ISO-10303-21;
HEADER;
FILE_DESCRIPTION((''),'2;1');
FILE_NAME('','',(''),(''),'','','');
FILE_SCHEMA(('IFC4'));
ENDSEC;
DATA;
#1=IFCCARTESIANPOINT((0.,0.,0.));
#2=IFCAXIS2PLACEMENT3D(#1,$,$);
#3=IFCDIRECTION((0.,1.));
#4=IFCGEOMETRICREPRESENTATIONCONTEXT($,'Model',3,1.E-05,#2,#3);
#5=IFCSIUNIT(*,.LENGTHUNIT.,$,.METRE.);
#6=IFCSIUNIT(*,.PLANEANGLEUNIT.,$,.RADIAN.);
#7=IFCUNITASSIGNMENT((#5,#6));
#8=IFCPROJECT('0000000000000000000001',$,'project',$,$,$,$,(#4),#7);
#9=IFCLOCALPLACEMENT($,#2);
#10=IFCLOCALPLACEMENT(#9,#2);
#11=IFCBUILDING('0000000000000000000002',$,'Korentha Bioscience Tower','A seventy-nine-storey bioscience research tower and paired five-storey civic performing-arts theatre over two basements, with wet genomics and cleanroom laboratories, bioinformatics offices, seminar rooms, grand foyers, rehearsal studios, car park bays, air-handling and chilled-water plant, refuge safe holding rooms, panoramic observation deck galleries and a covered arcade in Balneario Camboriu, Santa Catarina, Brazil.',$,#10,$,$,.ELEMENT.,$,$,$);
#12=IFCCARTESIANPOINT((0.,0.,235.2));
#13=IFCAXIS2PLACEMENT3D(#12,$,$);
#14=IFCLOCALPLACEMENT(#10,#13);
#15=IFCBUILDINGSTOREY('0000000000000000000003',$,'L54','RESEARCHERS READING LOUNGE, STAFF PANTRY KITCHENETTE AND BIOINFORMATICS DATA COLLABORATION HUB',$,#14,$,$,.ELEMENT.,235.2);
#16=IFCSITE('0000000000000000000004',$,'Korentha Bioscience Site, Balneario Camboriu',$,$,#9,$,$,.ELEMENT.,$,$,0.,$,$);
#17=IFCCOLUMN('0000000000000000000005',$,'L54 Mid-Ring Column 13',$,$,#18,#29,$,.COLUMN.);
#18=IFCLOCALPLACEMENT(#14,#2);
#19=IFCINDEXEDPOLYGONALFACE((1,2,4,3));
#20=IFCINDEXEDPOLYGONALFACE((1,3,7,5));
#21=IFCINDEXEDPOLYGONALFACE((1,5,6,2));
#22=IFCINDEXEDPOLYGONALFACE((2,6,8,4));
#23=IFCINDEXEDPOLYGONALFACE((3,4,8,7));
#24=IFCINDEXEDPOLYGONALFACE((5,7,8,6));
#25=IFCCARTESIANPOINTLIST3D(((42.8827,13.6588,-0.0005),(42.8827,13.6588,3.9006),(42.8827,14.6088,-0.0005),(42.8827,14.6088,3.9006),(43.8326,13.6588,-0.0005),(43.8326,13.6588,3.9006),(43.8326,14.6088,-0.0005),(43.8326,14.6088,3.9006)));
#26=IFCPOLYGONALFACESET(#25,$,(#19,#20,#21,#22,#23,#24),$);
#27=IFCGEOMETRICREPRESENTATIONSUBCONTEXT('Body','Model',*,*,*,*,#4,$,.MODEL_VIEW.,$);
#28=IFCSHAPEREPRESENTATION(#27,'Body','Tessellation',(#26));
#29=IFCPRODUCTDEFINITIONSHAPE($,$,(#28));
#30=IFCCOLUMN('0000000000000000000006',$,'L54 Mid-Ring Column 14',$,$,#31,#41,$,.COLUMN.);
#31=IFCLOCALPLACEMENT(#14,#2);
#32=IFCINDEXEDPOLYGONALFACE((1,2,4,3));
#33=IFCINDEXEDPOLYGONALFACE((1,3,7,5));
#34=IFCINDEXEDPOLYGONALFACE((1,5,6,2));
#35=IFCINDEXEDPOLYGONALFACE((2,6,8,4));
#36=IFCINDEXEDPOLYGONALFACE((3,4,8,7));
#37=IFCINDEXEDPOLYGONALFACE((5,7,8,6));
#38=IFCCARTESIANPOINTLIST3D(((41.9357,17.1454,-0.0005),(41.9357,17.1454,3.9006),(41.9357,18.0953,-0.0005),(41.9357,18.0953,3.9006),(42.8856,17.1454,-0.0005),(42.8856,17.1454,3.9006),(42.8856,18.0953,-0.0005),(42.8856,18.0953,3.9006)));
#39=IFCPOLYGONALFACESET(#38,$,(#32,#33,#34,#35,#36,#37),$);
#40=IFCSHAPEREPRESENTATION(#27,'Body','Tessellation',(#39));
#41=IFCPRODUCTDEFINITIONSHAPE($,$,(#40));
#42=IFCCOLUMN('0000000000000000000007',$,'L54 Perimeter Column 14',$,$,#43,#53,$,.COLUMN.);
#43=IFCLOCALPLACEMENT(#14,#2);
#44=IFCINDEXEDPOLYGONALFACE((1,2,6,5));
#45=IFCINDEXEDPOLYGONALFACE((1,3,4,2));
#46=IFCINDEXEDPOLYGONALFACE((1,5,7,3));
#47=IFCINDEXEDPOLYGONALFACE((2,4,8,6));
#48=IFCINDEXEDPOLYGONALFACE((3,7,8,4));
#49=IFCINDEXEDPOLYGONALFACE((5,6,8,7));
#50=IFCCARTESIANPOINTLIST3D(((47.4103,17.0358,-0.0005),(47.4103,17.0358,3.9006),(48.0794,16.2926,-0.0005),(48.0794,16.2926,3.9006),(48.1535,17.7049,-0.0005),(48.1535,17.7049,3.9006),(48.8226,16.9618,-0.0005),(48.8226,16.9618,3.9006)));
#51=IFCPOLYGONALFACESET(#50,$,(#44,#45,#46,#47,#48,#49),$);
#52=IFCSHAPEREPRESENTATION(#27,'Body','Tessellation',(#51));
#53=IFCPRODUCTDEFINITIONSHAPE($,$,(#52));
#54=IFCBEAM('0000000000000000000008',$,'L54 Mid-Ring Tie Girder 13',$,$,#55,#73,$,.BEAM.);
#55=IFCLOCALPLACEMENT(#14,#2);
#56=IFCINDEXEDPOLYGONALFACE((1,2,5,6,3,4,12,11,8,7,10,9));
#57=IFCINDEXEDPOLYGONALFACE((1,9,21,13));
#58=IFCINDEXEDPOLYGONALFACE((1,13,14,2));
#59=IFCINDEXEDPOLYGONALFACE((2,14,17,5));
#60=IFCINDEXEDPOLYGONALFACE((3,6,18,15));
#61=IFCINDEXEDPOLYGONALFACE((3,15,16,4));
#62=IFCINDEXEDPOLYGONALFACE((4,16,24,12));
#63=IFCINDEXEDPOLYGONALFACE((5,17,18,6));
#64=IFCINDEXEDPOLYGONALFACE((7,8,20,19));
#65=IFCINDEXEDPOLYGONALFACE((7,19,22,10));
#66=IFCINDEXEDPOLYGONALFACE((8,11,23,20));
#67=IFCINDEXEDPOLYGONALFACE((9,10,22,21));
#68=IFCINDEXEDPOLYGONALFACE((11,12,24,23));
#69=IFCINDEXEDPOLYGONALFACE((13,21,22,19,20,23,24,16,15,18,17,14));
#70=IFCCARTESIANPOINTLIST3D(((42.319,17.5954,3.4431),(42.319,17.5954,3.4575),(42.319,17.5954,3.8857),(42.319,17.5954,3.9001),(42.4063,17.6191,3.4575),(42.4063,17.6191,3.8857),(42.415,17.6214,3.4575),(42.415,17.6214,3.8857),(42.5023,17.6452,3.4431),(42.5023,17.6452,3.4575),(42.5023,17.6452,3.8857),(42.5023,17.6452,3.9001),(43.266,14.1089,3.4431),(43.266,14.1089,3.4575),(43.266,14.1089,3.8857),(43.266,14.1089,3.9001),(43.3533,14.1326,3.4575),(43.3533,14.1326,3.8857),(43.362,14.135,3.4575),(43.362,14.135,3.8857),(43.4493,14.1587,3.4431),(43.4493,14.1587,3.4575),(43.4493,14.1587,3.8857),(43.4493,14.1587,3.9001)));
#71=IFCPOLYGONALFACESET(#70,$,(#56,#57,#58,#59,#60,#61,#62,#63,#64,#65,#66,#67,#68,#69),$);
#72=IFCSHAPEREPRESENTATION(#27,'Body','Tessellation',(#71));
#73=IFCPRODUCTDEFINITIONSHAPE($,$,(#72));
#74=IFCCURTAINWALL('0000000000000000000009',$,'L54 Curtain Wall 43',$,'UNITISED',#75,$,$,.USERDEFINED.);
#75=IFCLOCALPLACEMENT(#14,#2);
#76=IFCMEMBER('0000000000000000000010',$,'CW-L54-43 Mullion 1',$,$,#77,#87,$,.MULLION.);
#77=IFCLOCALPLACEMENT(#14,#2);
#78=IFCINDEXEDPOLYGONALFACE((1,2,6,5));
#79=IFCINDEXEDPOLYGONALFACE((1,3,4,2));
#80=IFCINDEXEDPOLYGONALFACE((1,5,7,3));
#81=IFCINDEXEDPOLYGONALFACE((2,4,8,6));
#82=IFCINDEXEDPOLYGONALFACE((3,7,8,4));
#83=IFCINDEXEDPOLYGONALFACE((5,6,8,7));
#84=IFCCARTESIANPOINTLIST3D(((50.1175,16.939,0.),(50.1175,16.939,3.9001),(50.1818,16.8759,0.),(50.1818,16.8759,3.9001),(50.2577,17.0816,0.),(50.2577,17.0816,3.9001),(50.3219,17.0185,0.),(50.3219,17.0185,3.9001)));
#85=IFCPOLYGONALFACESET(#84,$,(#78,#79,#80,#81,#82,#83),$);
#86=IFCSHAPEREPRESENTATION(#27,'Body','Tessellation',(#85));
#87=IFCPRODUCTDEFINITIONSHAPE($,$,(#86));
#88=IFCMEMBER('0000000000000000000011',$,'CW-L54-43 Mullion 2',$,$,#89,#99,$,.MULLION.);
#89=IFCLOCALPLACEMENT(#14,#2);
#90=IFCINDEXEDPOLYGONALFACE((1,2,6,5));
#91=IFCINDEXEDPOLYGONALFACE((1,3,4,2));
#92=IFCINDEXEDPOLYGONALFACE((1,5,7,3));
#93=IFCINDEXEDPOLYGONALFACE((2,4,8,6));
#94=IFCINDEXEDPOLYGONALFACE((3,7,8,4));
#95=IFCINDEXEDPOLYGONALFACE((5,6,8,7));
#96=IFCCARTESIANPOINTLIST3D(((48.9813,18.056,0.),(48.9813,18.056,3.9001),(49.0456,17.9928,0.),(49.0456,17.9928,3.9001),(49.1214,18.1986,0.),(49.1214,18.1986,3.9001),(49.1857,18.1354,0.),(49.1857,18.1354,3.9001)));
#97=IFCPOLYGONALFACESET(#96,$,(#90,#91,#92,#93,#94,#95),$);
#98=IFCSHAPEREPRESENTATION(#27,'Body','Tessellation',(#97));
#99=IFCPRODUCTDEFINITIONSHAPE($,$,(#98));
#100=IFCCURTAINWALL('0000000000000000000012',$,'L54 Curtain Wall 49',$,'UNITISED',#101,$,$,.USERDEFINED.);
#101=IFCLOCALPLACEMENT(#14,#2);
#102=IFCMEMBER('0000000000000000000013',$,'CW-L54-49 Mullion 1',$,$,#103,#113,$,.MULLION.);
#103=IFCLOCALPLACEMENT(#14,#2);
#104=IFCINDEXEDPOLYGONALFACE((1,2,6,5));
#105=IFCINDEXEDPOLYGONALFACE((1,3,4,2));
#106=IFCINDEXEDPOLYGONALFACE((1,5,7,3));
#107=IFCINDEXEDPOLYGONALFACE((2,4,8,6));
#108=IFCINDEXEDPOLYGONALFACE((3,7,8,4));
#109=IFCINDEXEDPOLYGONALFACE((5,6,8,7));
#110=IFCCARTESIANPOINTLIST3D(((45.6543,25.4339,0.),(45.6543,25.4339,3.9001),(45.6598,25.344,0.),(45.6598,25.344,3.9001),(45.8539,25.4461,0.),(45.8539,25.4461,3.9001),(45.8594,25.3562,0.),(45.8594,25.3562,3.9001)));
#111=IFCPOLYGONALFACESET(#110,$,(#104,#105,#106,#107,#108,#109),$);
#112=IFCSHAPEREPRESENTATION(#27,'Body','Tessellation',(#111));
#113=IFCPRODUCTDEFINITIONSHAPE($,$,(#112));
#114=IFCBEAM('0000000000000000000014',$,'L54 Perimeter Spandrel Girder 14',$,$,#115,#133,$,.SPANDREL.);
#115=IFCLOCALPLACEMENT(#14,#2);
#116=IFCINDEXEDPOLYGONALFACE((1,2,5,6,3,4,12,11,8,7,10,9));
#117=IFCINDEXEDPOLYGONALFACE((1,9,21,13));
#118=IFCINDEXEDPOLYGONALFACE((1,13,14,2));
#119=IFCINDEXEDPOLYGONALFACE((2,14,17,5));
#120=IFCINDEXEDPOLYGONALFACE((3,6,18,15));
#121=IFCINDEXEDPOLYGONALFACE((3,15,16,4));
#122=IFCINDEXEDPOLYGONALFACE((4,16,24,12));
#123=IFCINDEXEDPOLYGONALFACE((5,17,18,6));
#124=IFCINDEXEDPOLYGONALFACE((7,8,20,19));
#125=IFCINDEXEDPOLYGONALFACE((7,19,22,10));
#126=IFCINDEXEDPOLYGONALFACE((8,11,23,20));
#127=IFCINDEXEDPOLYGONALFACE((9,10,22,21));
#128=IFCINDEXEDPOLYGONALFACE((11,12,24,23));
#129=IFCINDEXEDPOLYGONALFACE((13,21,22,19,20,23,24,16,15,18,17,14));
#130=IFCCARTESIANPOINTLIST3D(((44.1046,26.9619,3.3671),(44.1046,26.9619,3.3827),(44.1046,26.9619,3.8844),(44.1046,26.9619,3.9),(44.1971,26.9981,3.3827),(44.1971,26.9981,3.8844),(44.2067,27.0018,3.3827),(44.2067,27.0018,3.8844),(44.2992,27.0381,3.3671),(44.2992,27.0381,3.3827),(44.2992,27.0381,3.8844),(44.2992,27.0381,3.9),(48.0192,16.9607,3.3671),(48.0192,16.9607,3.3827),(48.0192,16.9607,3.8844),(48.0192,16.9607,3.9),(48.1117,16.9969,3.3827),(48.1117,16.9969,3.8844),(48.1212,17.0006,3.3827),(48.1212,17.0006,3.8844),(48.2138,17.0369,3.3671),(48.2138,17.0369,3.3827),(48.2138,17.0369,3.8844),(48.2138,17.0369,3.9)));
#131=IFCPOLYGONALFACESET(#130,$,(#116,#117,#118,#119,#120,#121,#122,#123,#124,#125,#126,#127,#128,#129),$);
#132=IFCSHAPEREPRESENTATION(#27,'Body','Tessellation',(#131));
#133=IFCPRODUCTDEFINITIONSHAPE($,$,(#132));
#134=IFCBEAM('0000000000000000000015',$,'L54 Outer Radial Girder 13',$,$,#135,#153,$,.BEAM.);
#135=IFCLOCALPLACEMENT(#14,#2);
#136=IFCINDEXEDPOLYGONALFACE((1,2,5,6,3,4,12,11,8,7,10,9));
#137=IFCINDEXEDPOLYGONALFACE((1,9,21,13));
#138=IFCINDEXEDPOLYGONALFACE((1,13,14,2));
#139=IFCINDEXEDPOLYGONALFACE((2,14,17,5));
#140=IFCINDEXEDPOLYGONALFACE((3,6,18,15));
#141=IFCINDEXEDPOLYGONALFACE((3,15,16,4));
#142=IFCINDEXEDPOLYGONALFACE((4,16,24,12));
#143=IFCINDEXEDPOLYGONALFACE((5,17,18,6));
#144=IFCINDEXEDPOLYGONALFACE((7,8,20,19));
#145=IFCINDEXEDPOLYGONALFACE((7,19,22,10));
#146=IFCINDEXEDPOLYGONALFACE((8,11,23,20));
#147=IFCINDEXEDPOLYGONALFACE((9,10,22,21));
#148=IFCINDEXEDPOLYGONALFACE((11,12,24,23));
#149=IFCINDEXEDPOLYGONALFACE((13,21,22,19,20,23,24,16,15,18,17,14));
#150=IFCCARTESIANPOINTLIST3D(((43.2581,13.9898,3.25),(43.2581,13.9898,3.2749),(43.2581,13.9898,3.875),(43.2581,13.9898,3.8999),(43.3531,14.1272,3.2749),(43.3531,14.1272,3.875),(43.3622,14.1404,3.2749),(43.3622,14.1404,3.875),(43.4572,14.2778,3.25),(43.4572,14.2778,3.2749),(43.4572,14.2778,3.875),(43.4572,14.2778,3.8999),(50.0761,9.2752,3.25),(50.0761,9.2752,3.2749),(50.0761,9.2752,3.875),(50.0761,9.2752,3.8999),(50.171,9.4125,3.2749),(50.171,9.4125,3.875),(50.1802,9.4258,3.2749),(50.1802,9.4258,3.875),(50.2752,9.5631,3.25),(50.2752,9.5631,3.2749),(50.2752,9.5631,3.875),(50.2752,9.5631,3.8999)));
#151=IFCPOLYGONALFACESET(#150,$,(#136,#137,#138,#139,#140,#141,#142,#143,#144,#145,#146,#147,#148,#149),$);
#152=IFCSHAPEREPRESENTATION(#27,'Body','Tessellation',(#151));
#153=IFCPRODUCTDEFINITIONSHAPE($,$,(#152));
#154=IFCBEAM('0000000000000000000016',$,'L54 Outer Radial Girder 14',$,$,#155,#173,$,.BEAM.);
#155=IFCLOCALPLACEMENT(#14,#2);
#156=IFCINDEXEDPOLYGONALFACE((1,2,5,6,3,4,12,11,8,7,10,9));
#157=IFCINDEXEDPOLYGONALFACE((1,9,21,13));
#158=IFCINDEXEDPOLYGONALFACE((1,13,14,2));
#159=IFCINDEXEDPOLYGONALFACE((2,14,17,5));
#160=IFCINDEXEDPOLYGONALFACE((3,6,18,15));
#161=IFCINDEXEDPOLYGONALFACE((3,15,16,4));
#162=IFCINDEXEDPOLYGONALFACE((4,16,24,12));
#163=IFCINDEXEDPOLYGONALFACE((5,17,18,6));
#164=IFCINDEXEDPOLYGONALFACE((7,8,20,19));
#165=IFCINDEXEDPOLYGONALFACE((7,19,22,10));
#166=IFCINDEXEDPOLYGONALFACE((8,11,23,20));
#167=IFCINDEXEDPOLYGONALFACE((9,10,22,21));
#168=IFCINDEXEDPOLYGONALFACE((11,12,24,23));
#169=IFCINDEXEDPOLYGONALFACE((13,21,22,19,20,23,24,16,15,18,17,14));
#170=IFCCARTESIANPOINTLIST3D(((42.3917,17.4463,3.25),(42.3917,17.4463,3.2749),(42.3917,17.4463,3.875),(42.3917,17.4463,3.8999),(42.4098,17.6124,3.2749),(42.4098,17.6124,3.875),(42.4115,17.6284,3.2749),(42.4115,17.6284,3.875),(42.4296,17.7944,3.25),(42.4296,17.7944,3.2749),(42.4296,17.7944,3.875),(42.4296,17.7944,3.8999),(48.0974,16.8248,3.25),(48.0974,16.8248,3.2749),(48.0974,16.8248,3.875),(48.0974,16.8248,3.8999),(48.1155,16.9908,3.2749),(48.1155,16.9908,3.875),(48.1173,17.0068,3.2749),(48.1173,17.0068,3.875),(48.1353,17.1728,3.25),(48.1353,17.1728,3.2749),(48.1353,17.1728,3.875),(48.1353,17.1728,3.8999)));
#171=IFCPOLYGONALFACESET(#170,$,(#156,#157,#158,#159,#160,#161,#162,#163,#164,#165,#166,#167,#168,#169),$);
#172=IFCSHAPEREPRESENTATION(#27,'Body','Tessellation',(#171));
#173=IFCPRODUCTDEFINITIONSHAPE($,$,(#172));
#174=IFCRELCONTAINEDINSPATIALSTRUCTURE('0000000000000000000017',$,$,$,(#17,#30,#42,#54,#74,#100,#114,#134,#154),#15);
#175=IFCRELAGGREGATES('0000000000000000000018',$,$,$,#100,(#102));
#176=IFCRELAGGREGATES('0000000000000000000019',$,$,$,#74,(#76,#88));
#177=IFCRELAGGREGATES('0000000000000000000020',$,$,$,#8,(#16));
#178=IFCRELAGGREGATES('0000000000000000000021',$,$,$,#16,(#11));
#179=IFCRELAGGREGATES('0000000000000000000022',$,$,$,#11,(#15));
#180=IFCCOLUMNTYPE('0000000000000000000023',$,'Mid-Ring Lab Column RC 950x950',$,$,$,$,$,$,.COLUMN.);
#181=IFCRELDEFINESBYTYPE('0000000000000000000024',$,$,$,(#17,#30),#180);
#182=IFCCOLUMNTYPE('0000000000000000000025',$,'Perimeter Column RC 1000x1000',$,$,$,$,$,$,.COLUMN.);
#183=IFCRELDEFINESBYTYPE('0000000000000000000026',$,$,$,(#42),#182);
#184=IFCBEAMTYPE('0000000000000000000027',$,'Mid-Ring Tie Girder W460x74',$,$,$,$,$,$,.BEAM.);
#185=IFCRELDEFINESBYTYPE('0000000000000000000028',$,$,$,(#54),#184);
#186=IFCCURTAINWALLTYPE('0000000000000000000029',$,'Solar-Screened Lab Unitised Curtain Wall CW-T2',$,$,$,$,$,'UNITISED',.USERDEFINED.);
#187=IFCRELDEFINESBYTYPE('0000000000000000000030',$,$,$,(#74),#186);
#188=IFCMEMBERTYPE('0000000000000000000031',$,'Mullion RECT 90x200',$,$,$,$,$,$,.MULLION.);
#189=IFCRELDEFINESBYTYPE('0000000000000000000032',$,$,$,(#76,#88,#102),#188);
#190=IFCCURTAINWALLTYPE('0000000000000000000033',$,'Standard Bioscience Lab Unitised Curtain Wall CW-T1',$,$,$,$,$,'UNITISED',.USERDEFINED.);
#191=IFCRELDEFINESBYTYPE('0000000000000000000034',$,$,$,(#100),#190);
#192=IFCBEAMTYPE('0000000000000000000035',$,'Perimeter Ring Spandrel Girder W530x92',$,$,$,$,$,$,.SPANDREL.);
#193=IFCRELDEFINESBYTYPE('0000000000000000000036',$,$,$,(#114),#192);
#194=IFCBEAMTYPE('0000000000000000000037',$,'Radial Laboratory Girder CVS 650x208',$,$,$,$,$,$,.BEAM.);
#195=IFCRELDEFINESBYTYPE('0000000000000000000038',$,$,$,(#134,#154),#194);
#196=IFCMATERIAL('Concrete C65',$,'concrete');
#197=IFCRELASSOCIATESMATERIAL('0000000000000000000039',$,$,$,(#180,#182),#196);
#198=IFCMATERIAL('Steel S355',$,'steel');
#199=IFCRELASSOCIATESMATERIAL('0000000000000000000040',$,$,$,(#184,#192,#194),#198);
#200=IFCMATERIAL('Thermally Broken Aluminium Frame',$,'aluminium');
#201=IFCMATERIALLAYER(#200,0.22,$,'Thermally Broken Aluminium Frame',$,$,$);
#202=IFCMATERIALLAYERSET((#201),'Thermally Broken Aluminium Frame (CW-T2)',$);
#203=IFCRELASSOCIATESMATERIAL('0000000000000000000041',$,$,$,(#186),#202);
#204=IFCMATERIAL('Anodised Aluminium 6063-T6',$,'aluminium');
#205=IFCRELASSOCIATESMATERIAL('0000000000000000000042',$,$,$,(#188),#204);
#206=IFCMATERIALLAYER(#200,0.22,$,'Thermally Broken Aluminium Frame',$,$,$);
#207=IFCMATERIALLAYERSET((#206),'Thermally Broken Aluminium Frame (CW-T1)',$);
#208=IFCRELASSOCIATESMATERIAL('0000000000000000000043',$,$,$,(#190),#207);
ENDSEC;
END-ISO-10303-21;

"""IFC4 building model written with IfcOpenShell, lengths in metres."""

from ifc_helpers import new_model, si_unit, direction, frame, origin, origin_2d, place, context, subcontext, project, spatial, rectangle, i_section, extrude, material, layer, layer_set, material_profile, profile_set, type_object, element, aggregate, save


model = new_model("IFC4")

# Units and contexts
model_context = context("Model", 3, precision=1e-05, world=origin(), true_north=direction((0.0, 1.0)))
body_context = subcontext(model_context, "Body", "Model", "MODEL_VIEW")
ifc_project = project(units=[si_unit("LENGTHUNIT", "METRE"), si_unit("PLANEANGLEUNIT", "RADIAN")], contexts=[model_context])

# Site, building, storey
site_placement = place(None, origin())
site = spatial("IfcSite", under=ifc_project, at=site_placement, Name="Korentha Bioscience Site, Balneario Camboriu", CompositionType="ELEMENT", RefElevation=0.0)
building_placement = place(site_placement, origin())
building = spatial("IfcBuilding", under=site, at=building_placement, Name="Korentha Bioscience Tower", Description="A seventy-nine-storey bioscience research tower and paired five-storey civic performing-arts theatre over two basements, with wet genomics and cleanroom laboratories, bioinformatics offices, seminar rooms, grand foyers, rehearsal studios, car park bays, air-handling and chilled-water plant, refuge safe holding rooms, panoramic observation deck galleries and a covered arcade in Balneario Camboriu, Santa Catarina, Brazil.", CompositionType="ELEMENT")
storey_placement = place(building_placement, frame((0.0, 0.0, 235.2)))
storey = spatial("IfcBuildingStorey", under=building, at=storey_placement, Name="L54", Description="RESEARCHERS READING LOUNGE, STAFF PANTRY KITCHENETTE AND BIOINFORMATICS DATA COLLABORATION HUB", CompositionType="ELEMENT", Elevation=235.2)

# Columns
ifc_material_1 = material(Name="Concrete C65", Category="concrete")
ifc_material_profile_1 = material_profile(ifc_material_1, rectangle(XDim=0.95, YDim=0.95, at=origin_2d()), Name="Concrete C65")
ifc_profile_set_1 = profile_set([ifc_material_profile_1], Name="Concrete C65 (COL-MR09)")
column_type_1 = type_object("IfcColumnType", Name="Mid-Ring Lab Column RC 950x950", PredefinedType="COLUMN", material=ifc_profile_set_1)
for number, where, z_axis, x_axis, name in (
    (1, (43.3577, 14.1338, -0.0005), (0.0, 0.0, 1.0), (1.0, 0.0, 0.0), "L54 Mid-Ring Column 13"),
    (2, (42.4106, 17.6204, -0.0005), (0.0, 0.0, 1.0), (1.0, 0.0, 0.0), "L54 Mid-Ring Column 14"),
):
    element("IfcColumn", number, at=place(storey_placement, frame(where, z_axis=z_axis, x_axis=x_axis)), inside=storey, type_object=column_type_1, Name=name, PredefinedType="COLUMN", context=body_context, shape_type="SweptSolid", body=[
        extrude(rectangle(XDim=0.95, YDim=0.95, at=origin_2d()), origin(), (0.0, 0.0, 1.0), 3.9011),
    ])
ifc_material_profile_2 = material_profile(ifc_material_1, rectangle(XDim=1.0, YDim=1.0, at=origin_2d()), Name="Concrete C65")
ifc_profile_set_2 = profile_set([ifc_material_profile_2], Name="Concrete C65 (COL-P10)")
column_type_2 = type_object("IfcColumnType", Name="Perimeter Column RC 1000x1000", PredefinedType="COLUMN", material=ifc_profile_set_2)
column_placement = place(storey_placement, frame((48.1165, 16.9988, -0.0005), z_axis=(0.0, 0.0, 1.0), x_axis=(-0.669131, 0.743145, 0.0)))
element("IfcColumn", 3, at=column_placement, inside=storey, type_object=column_type_2, Name="L54 Perimeter Column 14", PredefinedType="COLUMN", context=body_context, shape_type="SweptSolid", body=[
    extrude(rectangle(XDim=1.0, YDim=1.0, at=origin_2d()), origin(), (0.0, 0.0, 1.0), 3.9011),
])

# Beam
ifc_material_2 = material(Name="Steel S355", Category="steel")
ifc_material_profile_3 = material_profile(ifc_material_2, i_section(OverallWidth=0.1899, OverallDepth=0.457, WebThickness=0.009, FlangeThickness=0.0144, at=origin_2d()), Name="Steel S355")
ifc_profile_set_3 = profile_set([ifc_material_profile_3], Name="Steel S355 (MB-460)")
beam_type_1 = type_object("IfcBeamType", Name="Mid-Ring Tie Girder W460x74", PredefinedType="BEAM", material=ifc_profile_set_3)
beam_1_placement = place(storey_placement, frame((43.3577, 14.1338, 3.6716), z_axis=(-0.262122, 0.965035, 0.0), x_axis=(-0.965035, -0.262122, 0.0)))
element("IfcBeam", 4, at=beam_1_placement, inside=storey, type_object=beam_type_1, Name="L54 Mid-Ring Tie Girder 13", PredefinedType="BEAM", context=body_context, shape_type="SweptSolid", body=[
    extrude(i_section(OverallWidth=0.1899, OverallDepth=0.457, WebThickness=0.009, FlangeThickness=0.0144, at=origin_2d()), origin(), (0.0, 0.0, 1.0), 3.6128),
])

# Curtain wall, members
ifc_material_3 = material(Name="Thermally Broken Aluminium Frame", Category="aluminium")
ifc_layer_1 = layer(ifc_material_3, 0.22, Name="Thermally Broken Aluminium Frame")
ifc_layer_set_1 = layer_set([ifc_layer_1], Name="Thermally Broken Aluminium Frame (CW-T2)")
curtain_wall_type_1 = type_object("IfcCurtainWallType", Name="Solar-Screened Lab Unitised Curtain Wall CW-T2", ElementType="UNITISED", PredefinedType="USERDEFINED", material=ifc_layer_set_1)
curtain_wall_1_placement = place(storey_placement, origin())
curtain_wall_1 = element("IfcCurtainWall", 5, at=curtain_wall_1_placement, inside=storey, type_object=curtain_wall_type_1, Name="L54 Curtain Wall 43", ObjectType="UNITISED", PredefinedType="USERDEFINED")
ifc_material_4 = material(Name="Anodised Aluminium 6063-T6", Category="aluminium")
ifc_material_profile_4 = material_profile(ifc_material_4, rectangle(XDim=0.0901, YDim=0.2, at=origin_2d()), Name="Anodised Aluminium 6063-T6")
ifc_profile_set_4 = profile_set([ifc_material_profile_4], Name="Anodised Aluminium 6063-T6 (CW-MUL)")
member_type_1 = type_object("IfcMemberType", Name="Mullion RECT 90x200", PredefinedType="MULLION", material=ifc_profile_set_4)
member_1_placement = place(storey_placement, frame((50.2197, 16.9788, 0.0), z_axis=(0.0, 0.0, 1.0), x_axis=(-0.713258, 0.700901, 0.0)))
member_1 = element("IfcMember", 6, at=member_1_placement, type_object=member_type_1, Name="CW-L54-43 Mullion 1", PredefinedType="MULLION", context=body_context, shape_type="SweptSolid", body=[
    extrude(rectangle(XDim=0.0901, YDim=0.2, at=origin_2d()), origin(), (0.0, 0.0, 1.0), 3.9001),
])
member_2_placement = place(storey_placement, frame((49.0835, 18.0957, 0.0), z_axis=(0.0, 0.0, 1.0), x_axis=(-0.713258, 0.700901, 0.0)))
member_2 = element("IfcMember", 7, at=member_2_placement, type_object=member_type_1, Name="CW-L54-43 Mullion 2", PredefinedType="MULLION", context=body_context, shape_type="SweptSolid", body=[
    extrude(rectangle(XDim=0.0901, YDim=0.2, at=origin_2d()), origin(), (0.0, 0.0, 1.0), 3.9001),
])

# Curtain wall, member
ifc_layer_2 = layer(ifc_material_3, 0.22, Name="Thermally Broken Aluminium Frame")
ifc_layer_set_2 = layer_set([ifc_layer_2], Name="Thermally Broken Aluminium Frame (CW-T1)")
curtain_wall_type_2 = type_object("IfcCurtainWallType", Name="Standard Bioscience Lab Unitised Curtain Wall CW-T1", ElementType="UNITISED", PredefinedType="USERDEFINED", material=ifc_layer_set_2)
curtain_wall_2_placement = place(storey_placement, origin())
curtain_wall_2 = element("IfcCurtainWall", 8, at=curtain_wall_2_placement, inside=storey, type_object=curtain_wall_type_2, Name="L54 Curtain Wall 49", ObjectType="UNITISED", PredefinedType="USERDEFINED")
member_3_placement = place(storey_placement, frame((45.7568, 25.395, 0.0), z_axis=(0.0, 0.0, 1.0), x_axis=(-0.060954, 0.998141, 0.0)))
member_3 = element("IfcMember", 9, at=member_3_placement, type_object=member_type_1, Name="CW-L54-49 Mullion 1", PredefinedType="MULLION", context=body_context, shape_type="SweptSolid", body=[
    extrude(rectangle(XDim=0.0901, YDim=0.2, at=origin_2d()), origin(), (0.0, 0.0, 1.0), 3.9001),
])

# Beams
ifc_material_profile_5 = material_profile(ifc_material_2, i_section(OverallWidth=0.209, OverallDepth=0.533, WebThickness=0.0103, FlangeThickness=0.0156, at=origin_2d()), Name="Steel S355")
ifc_profile_set_5 = profile_set([ifc_material_profile_5], Name="Steel S355 (SB-530)")
beam_type_2 = type_object("IfcBeamType", Name="Perimeter Ring Spandrel Girder W530x92", PredefinedType="SPANDREL", material=ifc_profile_set_5)
beam_2_placement = place(storey_placement, frame((48.1165, 16.9988, 3.6335), z_axis=(-0.364482, 0.93121, 0.0), x_axis=(-0.93121, -0.364482, 0.0)))
element("IfcBeam", 10, at=beam_2_placement, inside=storey, type_object=beam_type_2, Name="L54 Perimeter Spandrel Girder 14", PredefinedType="SPANDREL", context=body_context, shape_type="SweptSolid", body=[
    extrude(i_section(OverallWidth=0.209, OverallDepth=0.533, WebThickness=0.0103, FlangeThickness=0.0156, at=origin_2d()), origin(), (0.0, 0.0, 1.0), 10.74),
])
ifc_material_profile_6 = material_profile(ifc_material_2, i_section(OverallWidth=0.3501, OverallDepth=0.6499, WebThickness=0.0161, FlangeThickness=0.0249, at=origin_2d()), Name="Steel S355")
ifc_profile_set_6 = profile_set([ifc_material_profile_6], Name="Steel S355 (RB-650)")
beam_type_3 = type_object("IfcBeamType", Name="Radial Laboratory Girder CVS 650x208", PredefinedType="BEAM", material=ifc_profile_set_6)
beam_3_placement = place(storey_placement, frame((43.3577, 14.1338, 3.575), z_axis=(0.822501, -0.568764, 0.0), x_axis=(0.568764, 0.822501, 0.0)))
element("IfcBeam", 11, at=beam_3_placement, inside=storey, type_object=beam_type_3, Name="L54 Outer Radial Girder 13", PredefinedType="BEAM", context=body_context, shape_type="SweptSolid", body=[
    extrude(i_section(OverallWidth=0.3501, OverallDepth=0.6499, WebThickness=0.0161, FlangeThickness=0.0249, at=origin_2d()), origin(), (0.0, 0.0, 1.0), 8.2893),
])
beam_4_placement = place(storey_placement, frame((42.4106, 17.6204, 3.575), z_axis=(0.994119, -0.108298, 0.0), x_axis=(0.108298, 0.994119, 0.0)))
element("IfcBeam", 12, at=beam_4_placement, inside=storey, type_object=beam_type_3, Name="L54 Outer Radial Girder 14", PredefinedType="BEAM", context=body_context, shape_type="SweptSolid", body=[
    extrude(i_section(OverallWidth=0.3501, OverallDepth=0.6499, WebThickness=0.0161, FlangeThickness=0.0249, at=origin_2d()), origin(), (0.0, 0.0, 1.0), 5.7395),
])

aggregate(curtain_wall_2, [member_3])

aggregate(curtain_wall_1, [member_1, member_2])

save(model, "model.ifc")
